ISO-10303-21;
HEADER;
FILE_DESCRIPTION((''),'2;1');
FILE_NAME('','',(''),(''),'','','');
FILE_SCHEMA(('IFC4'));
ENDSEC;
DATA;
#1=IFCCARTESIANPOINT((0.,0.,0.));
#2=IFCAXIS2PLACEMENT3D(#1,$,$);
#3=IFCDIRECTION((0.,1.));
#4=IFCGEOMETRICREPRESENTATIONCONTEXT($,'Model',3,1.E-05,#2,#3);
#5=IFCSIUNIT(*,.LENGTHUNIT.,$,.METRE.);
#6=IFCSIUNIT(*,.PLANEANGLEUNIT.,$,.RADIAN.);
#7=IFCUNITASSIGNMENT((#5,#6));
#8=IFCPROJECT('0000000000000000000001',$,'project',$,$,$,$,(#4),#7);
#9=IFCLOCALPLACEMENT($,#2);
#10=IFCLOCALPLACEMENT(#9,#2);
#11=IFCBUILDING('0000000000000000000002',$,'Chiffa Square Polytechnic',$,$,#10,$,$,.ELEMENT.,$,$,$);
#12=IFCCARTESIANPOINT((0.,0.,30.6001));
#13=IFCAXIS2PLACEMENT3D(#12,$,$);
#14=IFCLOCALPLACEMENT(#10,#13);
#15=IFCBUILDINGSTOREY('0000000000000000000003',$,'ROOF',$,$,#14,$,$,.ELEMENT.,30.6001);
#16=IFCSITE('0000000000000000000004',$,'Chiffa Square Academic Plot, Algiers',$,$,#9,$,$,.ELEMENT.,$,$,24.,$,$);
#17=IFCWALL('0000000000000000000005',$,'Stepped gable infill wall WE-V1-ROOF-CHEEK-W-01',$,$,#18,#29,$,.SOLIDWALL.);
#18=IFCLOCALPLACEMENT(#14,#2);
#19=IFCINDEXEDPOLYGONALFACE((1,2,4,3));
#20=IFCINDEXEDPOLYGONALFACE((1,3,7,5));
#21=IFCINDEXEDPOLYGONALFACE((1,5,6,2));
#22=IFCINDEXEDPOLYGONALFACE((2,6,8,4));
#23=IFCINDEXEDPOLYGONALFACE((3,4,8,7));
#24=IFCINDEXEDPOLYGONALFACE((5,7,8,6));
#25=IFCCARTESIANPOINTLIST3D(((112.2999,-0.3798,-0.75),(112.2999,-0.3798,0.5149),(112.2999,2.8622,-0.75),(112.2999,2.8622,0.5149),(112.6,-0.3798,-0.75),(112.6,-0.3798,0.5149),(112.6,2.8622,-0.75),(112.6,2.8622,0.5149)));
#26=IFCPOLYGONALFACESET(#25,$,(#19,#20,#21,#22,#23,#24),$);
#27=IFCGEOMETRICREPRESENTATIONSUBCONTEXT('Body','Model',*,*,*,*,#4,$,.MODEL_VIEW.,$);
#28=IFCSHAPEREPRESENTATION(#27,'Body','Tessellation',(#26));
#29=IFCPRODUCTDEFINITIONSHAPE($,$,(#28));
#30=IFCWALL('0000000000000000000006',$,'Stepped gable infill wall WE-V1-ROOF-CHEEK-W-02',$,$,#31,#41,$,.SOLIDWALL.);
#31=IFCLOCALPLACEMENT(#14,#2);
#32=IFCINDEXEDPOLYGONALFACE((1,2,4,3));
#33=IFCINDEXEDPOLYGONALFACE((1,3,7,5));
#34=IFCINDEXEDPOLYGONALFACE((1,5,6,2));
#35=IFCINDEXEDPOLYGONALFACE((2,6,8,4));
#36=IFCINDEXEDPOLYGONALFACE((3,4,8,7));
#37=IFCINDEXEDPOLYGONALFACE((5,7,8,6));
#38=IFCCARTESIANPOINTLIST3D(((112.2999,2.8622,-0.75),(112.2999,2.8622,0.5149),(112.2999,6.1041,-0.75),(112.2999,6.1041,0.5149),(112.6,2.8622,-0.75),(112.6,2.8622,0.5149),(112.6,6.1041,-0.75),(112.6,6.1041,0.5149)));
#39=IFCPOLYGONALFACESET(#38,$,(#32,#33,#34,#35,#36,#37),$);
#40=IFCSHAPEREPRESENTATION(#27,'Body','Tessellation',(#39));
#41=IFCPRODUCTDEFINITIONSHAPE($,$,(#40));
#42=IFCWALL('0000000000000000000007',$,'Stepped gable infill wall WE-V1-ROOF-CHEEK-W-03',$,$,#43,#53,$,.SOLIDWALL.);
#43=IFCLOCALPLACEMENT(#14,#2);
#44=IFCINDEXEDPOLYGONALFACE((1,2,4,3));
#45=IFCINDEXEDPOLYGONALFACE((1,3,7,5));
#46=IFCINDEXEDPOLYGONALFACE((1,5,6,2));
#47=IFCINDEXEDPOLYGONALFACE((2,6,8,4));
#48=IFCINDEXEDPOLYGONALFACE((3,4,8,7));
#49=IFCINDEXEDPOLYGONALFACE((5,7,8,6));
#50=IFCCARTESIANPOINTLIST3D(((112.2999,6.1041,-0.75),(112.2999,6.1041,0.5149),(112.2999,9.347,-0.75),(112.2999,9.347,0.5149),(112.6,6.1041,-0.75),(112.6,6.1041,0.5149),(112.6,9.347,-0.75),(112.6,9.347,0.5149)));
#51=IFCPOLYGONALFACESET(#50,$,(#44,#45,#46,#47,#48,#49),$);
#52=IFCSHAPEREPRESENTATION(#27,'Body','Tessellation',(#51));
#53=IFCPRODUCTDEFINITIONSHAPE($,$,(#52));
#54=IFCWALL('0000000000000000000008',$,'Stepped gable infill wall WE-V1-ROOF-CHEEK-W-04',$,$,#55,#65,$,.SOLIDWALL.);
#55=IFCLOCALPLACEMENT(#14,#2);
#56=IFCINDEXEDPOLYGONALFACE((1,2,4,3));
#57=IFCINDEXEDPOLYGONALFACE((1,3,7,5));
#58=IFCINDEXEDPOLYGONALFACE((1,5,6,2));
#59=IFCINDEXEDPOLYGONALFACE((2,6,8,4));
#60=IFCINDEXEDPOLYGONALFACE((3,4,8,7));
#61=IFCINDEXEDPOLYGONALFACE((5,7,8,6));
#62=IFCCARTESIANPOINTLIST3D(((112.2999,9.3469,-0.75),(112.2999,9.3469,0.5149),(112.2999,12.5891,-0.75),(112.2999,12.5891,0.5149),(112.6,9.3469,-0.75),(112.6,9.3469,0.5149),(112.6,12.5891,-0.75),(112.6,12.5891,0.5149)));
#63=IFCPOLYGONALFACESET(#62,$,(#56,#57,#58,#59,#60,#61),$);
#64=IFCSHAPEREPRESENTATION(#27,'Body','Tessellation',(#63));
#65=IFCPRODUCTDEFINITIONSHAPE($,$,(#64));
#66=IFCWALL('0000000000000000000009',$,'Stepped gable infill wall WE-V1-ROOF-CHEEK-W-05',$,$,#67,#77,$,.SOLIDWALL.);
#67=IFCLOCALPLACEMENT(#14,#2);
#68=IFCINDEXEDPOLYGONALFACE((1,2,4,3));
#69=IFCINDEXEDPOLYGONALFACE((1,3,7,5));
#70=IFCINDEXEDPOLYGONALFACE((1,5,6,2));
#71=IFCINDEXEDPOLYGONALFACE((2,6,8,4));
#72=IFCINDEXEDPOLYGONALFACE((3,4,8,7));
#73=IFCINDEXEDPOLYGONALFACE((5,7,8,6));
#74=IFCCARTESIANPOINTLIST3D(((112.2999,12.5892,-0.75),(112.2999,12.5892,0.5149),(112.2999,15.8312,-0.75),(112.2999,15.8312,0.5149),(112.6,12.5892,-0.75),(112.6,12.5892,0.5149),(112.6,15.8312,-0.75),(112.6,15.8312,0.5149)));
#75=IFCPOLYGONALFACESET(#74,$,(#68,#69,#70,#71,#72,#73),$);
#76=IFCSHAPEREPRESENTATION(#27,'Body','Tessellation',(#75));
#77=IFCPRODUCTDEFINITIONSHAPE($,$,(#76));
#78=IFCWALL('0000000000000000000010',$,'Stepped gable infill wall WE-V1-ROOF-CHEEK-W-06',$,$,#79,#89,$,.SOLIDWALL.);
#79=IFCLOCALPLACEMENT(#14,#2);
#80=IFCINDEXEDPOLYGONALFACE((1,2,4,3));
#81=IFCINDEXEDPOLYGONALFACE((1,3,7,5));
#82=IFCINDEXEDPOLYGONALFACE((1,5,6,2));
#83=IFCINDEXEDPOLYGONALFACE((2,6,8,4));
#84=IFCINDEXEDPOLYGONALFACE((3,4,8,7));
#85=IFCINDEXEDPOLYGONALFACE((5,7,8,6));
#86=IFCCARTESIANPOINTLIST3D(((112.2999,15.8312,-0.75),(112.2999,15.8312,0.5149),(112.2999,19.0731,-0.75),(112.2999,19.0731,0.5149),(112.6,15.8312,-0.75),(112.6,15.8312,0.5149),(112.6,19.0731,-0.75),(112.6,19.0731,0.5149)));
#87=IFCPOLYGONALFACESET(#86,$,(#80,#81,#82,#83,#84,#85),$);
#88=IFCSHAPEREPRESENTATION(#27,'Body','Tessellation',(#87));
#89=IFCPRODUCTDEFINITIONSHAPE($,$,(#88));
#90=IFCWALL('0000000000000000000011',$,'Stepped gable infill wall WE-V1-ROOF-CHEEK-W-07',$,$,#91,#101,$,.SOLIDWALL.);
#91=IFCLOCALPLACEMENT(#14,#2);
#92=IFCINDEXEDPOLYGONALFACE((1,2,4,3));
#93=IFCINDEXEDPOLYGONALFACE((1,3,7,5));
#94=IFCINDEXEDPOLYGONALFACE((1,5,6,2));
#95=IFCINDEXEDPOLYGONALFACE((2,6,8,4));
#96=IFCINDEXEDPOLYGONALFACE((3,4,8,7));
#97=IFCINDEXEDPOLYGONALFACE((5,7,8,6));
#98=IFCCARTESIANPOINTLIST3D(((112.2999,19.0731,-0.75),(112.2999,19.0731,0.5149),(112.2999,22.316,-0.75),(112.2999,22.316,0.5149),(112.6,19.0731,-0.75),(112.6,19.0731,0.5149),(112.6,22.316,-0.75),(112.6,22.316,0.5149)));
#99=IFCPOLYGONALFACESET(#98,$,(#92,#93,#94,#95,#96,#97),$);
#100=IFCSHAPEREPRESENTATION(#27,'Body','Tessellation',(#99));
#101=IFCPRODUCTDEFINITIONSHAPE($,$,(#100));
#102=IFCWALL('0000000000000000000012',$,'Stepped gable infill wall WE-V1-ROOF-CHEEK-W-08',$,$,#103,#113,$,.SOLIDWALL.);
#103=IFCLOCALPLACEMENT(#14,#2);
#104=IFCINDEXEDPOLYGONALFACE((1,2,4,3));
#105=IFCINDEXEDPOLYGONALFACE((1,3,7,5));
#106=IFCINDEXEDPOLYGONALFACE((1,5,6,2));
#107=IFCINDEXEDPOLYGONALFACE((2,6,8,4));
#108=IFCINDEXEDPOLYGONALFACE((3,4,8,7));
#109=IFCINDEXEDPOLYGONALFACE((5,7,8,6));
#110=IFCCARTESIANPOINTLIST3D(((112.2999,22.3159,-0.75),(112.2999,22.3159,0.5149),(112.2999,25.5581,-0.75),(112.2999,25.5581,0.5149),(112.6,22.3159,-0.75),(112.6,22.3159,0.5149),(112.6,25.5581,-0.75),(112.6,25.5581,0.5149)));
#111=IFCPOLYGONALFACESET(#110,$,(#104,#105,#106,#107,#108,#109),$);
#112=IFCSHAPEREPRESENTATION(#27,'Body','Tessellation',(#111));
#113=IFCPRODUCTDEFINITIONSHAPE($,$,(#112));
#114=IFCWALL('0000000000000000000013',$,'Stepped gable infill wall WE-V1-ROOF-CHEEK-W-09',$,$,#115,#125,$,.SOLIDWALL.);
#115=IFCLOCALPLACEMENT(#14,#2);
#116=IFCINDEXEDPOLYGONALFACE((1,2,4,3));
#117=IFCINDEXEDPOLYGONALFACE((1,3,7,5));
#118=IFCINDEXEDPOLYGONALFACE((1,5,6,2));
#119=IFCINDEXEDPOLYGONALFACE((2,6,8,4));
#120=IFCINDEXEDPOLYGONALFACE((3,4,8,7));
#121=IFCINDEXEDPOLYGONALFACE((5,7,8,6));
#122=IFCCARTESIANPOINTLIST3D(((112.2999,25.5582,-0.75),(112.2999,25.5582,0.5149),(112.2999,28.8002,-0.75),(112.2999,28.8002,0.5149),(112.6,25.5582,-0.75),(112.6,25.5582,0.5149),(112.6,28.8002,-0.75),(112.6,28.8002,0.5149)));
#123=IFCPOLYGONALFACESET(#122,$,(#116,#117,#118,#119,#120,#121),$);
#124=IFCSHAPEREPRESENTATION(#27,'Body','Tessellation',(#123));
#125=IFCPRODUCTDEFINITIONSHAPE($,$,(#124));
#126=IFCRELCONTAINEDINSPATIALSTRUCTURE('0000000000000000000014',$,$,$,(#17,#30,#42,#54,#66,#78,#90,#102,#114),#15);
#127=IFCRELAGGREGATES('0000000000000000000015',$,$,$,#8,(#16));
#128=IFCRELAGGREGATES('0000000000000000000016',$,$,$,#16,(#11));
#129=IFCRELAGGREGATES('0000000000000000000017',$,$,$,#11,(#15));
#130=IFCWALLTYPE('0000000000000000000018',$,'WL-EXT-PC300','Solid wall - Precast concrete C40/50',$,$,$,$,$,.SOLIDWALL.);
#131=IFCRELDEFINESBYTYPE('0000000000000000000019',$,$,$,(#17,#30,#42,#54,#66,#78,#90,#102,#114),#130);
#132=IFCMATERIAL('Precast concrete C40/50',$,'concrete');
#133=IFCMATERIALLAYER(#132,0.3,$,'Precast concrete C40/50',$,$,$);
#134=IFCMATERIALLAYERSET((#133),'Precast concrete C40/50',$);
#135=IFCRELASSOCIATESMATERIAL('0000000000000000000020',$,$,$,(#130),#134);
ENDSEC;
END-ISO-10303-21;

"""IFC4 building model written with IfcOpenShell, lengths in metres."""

from ifc_helpers import new_model, si_unit, direction, frame, frame_2d, origin, place, context, subcontext, project, spatial, rectangle, extrude, material, layer, layer_set, type_object, element, save


model = new_model("IFC4")

# Units and contexts
model_context = context("Model", 3, precision=1e-05, world=origin(), true_north=direction((0.0, 1.0)))
body_context = subcontext(model_context, "Body", "Model", "MODEL_VIEW")
ifc_project = project(units=[si_unit("LENGTHUNIT", "METRE"), si_unit("PLANEANGLEUNIT", "RADIAN")], contexts=[model_context])

# Site, building, storey
site_placement = place(None, origin())
site = spatial("IfcSite", under=ifc_project, at=site_placement, Name="Chiffa Square Academic Plot, Algiers", CompositionType="ELEMENT", RefElevation=24.0)
building_placement = place(site_placement, origin())
building = spatial("IfcBuilding", under=site, at=building_placement, Name="Chiffa Square Polytechnic", CompositionType="ELEMENT")
storey_placement = place(building_placement, frame((0.0, 0.0, 30.6001)))
storey = spatial("IfcBuildingStorey", under=building, at=storey_placement, Name="ROOF", CompositionType="ELEMENT", Elevation=30.6001)

# Walls
ifc_material_1 = material(Name="Precast concrete C40/50", Category="concrete")
ifc_layer_1 = layer(ifc_material_1, 0.3, Name="Precast concrete C40/50")
ifc_layer_set_1 = layer_set([ifc_layer_1], Name="Precast concrete C40/50")
wall_type_1 = type_object("IfcWallType", Name="WL-EXT-PC300", Description="Solid wall - Precast concrete C40/50", PredefinedType="SOLIDWALL", material=ifc_layer_set_1)
for number, where, z_axis, x_axis, name in (
    (1, (112.45, -0.3799, -0.75), (0.0, 0.0, 1.0), (0.0, 1.0, 0.0), "Stepped gable infill wall WE-V1-ROOF-CHEEK-W-01"),
    (2, (112.45, 2.8621, -0.75), (0.0, 0.0, 1.0), (0.0, 1.0, 0.0), "Stepped gable infill wall WE-V1-ROOF-CHEEK-W-02"),
):
    element("IfcWall", number, at=place(storey_placement, frame(where, z_axis=z_axis, x_axis=x_axis)), inside=storey, type_object=wall_type_1, Name=name, PredefinedType="SOLIDWALL", context=body_context, shape_type="SweptSolid", body=[
        extrude(rectangle(XDim=3.2419, YDim=0.3, at=frame_2d((1.6211, 0.0))), origin(), (0.0, 0.0, 1.0), 1.2649),
    ])
wall_1_placement = place(storey_placement, frame((112.45, 6.104, -0.75), z_axis=(0.0, 0.0, 1.0), x_axis=(0.0, 1.0, 0.0)))
element("IfcWall", 3, at=wall_1_placement, inside=storey, type_object=wall_type_1, Name="Stepped gable infill wall WE-V1-ROOF-CHEEK-W-03", PredefinedType="SOLIDWALL", context=body_context, shape_type="SweptSolid", body=[
    extrude(rectangle(XDim=3.2429, YDim=0.3, at=frame_2d((1.6216, 0.0))), origin(), (0.0, 0.0, 1.0), 1.2649),
])
wall_2_placement = place(storey_placement, frame((112.45, 9.3469, -0.75), z_axis=(0.0, 0.0, 1.0), x_axis=(0.0, 1.0, 0.0)))
element("IfcWall", 4, at=wall_2_placement, inside=storey, type_object=wall_type_1, Name="Stepped gable infill wall WE-V1-ROOF-CHEEK-W-04", PredefinedType="SOLIDWALL", context=body_context, shape_type="SweptSolid", body=[
    extrude(rectangle(XDim=3.2422, YDim=0.3, at=frame_2d((1.6211, 0.0))), origin(), (0.0, 0.0, 1.0), 1.2649),
])
for number, where, z_axis, x_axis, name in (
    (5, (112.45, 12.5891, -0.75), (0.0, 0.0, 1.0), (0.0, 1.0, 0.0), "Stepped gable infill wall WE-V1-ROOF-CHEEK-W-05"),
    (6, (112.45, 15.8311, -0.75), (0.0, 0.0, 1.0), (0.0, 1.0, 0.0), "Stepped gable infill wall WE-V1-ROOF-CHEEK-W-06"),
):
    element("IfcWall", number, at=place(storey_placement, frame(where, z_axis=z_axis, x_axis=x_axis)), inside=storey, type_object=wall_type_1, Name=name, PredefinedType="SOLIDWALL", context=body_context, shape_type="SweptSolid", body=[
        extrude(rectangle(XDim=3.2419, YDim=0.3, at=frame_2d((1.6211, 0.0))), origin(), (0.0, 0.0, 1.0), 1.2649),
    ])
wall_3_placement = place(storey_placement, frame((112.45, 19.073, -0.75), z_axis=(0.0, 0.0, 1.0), x_axis=(0.0, 1.0, 0.0)))
element("IfcWall", 7, at=wall_3_placement, inside=storey, type_object=wall_type_1, Name="Stepped gable infill wall WE-V1-ROOF-CHEEK-W-07", PredefinedType="SOLIDWALL", context=body_context, shape_type="SweptSolid", body=[
    extrude(rectangle(XDim=3.2429, YDim=0.3, at=frame_2d((1.6216, 0.0))), origin(), (0.0, 0.0, 1.0), 1.2649),
])
wall_4_placement = place(storey_placement, frame((112.45, 22.3159, -0.75), z_axis=(0.0, 0.0, 1.0), x_axis=(0.0, 1.0, 0.0)))
element("IfcWall", 8, at=wall_4_placement, inside=storey, type_object=wall_type_1, Name="Stepped gable infill wall WE-V1-ROOF-CHEEK-W-08", PredefinedType="SOLIDWALL", context=body_context, shape_type="SweptSolid", body=[
    extrude(rectangle(XDim=3.2422, YDim=0.3, at=frame_2d((1.6211, 0.0))), origin(), (0.0, 0.0, 1.0), 1.2649),
])
wall_5_placement = place(storey_placement, frame((112.45, 25.5581, -0.75), z_axis=(0.0, 0.0, 1.0), x_axis=(0.0, 1.0, 0.0)))
element("IfcWall", 9, at=wall_5_placement, inside=storey, type_object=wall_type_1, Name="Stepped gable infill wall WE-V1-ROOF-CHEEK-W-09", PredefinedType="SOLIDWALL", context=body_context, shape_type="SweptSolid", body=[
    extrude(rectangle(XDim=3.2419, YDim=0.3, at=frame_2d((1.6211, 0.0))), origin(), (0.0, 0.0, 1.0), 1.2649),
])

save(model, "model.ifc")
